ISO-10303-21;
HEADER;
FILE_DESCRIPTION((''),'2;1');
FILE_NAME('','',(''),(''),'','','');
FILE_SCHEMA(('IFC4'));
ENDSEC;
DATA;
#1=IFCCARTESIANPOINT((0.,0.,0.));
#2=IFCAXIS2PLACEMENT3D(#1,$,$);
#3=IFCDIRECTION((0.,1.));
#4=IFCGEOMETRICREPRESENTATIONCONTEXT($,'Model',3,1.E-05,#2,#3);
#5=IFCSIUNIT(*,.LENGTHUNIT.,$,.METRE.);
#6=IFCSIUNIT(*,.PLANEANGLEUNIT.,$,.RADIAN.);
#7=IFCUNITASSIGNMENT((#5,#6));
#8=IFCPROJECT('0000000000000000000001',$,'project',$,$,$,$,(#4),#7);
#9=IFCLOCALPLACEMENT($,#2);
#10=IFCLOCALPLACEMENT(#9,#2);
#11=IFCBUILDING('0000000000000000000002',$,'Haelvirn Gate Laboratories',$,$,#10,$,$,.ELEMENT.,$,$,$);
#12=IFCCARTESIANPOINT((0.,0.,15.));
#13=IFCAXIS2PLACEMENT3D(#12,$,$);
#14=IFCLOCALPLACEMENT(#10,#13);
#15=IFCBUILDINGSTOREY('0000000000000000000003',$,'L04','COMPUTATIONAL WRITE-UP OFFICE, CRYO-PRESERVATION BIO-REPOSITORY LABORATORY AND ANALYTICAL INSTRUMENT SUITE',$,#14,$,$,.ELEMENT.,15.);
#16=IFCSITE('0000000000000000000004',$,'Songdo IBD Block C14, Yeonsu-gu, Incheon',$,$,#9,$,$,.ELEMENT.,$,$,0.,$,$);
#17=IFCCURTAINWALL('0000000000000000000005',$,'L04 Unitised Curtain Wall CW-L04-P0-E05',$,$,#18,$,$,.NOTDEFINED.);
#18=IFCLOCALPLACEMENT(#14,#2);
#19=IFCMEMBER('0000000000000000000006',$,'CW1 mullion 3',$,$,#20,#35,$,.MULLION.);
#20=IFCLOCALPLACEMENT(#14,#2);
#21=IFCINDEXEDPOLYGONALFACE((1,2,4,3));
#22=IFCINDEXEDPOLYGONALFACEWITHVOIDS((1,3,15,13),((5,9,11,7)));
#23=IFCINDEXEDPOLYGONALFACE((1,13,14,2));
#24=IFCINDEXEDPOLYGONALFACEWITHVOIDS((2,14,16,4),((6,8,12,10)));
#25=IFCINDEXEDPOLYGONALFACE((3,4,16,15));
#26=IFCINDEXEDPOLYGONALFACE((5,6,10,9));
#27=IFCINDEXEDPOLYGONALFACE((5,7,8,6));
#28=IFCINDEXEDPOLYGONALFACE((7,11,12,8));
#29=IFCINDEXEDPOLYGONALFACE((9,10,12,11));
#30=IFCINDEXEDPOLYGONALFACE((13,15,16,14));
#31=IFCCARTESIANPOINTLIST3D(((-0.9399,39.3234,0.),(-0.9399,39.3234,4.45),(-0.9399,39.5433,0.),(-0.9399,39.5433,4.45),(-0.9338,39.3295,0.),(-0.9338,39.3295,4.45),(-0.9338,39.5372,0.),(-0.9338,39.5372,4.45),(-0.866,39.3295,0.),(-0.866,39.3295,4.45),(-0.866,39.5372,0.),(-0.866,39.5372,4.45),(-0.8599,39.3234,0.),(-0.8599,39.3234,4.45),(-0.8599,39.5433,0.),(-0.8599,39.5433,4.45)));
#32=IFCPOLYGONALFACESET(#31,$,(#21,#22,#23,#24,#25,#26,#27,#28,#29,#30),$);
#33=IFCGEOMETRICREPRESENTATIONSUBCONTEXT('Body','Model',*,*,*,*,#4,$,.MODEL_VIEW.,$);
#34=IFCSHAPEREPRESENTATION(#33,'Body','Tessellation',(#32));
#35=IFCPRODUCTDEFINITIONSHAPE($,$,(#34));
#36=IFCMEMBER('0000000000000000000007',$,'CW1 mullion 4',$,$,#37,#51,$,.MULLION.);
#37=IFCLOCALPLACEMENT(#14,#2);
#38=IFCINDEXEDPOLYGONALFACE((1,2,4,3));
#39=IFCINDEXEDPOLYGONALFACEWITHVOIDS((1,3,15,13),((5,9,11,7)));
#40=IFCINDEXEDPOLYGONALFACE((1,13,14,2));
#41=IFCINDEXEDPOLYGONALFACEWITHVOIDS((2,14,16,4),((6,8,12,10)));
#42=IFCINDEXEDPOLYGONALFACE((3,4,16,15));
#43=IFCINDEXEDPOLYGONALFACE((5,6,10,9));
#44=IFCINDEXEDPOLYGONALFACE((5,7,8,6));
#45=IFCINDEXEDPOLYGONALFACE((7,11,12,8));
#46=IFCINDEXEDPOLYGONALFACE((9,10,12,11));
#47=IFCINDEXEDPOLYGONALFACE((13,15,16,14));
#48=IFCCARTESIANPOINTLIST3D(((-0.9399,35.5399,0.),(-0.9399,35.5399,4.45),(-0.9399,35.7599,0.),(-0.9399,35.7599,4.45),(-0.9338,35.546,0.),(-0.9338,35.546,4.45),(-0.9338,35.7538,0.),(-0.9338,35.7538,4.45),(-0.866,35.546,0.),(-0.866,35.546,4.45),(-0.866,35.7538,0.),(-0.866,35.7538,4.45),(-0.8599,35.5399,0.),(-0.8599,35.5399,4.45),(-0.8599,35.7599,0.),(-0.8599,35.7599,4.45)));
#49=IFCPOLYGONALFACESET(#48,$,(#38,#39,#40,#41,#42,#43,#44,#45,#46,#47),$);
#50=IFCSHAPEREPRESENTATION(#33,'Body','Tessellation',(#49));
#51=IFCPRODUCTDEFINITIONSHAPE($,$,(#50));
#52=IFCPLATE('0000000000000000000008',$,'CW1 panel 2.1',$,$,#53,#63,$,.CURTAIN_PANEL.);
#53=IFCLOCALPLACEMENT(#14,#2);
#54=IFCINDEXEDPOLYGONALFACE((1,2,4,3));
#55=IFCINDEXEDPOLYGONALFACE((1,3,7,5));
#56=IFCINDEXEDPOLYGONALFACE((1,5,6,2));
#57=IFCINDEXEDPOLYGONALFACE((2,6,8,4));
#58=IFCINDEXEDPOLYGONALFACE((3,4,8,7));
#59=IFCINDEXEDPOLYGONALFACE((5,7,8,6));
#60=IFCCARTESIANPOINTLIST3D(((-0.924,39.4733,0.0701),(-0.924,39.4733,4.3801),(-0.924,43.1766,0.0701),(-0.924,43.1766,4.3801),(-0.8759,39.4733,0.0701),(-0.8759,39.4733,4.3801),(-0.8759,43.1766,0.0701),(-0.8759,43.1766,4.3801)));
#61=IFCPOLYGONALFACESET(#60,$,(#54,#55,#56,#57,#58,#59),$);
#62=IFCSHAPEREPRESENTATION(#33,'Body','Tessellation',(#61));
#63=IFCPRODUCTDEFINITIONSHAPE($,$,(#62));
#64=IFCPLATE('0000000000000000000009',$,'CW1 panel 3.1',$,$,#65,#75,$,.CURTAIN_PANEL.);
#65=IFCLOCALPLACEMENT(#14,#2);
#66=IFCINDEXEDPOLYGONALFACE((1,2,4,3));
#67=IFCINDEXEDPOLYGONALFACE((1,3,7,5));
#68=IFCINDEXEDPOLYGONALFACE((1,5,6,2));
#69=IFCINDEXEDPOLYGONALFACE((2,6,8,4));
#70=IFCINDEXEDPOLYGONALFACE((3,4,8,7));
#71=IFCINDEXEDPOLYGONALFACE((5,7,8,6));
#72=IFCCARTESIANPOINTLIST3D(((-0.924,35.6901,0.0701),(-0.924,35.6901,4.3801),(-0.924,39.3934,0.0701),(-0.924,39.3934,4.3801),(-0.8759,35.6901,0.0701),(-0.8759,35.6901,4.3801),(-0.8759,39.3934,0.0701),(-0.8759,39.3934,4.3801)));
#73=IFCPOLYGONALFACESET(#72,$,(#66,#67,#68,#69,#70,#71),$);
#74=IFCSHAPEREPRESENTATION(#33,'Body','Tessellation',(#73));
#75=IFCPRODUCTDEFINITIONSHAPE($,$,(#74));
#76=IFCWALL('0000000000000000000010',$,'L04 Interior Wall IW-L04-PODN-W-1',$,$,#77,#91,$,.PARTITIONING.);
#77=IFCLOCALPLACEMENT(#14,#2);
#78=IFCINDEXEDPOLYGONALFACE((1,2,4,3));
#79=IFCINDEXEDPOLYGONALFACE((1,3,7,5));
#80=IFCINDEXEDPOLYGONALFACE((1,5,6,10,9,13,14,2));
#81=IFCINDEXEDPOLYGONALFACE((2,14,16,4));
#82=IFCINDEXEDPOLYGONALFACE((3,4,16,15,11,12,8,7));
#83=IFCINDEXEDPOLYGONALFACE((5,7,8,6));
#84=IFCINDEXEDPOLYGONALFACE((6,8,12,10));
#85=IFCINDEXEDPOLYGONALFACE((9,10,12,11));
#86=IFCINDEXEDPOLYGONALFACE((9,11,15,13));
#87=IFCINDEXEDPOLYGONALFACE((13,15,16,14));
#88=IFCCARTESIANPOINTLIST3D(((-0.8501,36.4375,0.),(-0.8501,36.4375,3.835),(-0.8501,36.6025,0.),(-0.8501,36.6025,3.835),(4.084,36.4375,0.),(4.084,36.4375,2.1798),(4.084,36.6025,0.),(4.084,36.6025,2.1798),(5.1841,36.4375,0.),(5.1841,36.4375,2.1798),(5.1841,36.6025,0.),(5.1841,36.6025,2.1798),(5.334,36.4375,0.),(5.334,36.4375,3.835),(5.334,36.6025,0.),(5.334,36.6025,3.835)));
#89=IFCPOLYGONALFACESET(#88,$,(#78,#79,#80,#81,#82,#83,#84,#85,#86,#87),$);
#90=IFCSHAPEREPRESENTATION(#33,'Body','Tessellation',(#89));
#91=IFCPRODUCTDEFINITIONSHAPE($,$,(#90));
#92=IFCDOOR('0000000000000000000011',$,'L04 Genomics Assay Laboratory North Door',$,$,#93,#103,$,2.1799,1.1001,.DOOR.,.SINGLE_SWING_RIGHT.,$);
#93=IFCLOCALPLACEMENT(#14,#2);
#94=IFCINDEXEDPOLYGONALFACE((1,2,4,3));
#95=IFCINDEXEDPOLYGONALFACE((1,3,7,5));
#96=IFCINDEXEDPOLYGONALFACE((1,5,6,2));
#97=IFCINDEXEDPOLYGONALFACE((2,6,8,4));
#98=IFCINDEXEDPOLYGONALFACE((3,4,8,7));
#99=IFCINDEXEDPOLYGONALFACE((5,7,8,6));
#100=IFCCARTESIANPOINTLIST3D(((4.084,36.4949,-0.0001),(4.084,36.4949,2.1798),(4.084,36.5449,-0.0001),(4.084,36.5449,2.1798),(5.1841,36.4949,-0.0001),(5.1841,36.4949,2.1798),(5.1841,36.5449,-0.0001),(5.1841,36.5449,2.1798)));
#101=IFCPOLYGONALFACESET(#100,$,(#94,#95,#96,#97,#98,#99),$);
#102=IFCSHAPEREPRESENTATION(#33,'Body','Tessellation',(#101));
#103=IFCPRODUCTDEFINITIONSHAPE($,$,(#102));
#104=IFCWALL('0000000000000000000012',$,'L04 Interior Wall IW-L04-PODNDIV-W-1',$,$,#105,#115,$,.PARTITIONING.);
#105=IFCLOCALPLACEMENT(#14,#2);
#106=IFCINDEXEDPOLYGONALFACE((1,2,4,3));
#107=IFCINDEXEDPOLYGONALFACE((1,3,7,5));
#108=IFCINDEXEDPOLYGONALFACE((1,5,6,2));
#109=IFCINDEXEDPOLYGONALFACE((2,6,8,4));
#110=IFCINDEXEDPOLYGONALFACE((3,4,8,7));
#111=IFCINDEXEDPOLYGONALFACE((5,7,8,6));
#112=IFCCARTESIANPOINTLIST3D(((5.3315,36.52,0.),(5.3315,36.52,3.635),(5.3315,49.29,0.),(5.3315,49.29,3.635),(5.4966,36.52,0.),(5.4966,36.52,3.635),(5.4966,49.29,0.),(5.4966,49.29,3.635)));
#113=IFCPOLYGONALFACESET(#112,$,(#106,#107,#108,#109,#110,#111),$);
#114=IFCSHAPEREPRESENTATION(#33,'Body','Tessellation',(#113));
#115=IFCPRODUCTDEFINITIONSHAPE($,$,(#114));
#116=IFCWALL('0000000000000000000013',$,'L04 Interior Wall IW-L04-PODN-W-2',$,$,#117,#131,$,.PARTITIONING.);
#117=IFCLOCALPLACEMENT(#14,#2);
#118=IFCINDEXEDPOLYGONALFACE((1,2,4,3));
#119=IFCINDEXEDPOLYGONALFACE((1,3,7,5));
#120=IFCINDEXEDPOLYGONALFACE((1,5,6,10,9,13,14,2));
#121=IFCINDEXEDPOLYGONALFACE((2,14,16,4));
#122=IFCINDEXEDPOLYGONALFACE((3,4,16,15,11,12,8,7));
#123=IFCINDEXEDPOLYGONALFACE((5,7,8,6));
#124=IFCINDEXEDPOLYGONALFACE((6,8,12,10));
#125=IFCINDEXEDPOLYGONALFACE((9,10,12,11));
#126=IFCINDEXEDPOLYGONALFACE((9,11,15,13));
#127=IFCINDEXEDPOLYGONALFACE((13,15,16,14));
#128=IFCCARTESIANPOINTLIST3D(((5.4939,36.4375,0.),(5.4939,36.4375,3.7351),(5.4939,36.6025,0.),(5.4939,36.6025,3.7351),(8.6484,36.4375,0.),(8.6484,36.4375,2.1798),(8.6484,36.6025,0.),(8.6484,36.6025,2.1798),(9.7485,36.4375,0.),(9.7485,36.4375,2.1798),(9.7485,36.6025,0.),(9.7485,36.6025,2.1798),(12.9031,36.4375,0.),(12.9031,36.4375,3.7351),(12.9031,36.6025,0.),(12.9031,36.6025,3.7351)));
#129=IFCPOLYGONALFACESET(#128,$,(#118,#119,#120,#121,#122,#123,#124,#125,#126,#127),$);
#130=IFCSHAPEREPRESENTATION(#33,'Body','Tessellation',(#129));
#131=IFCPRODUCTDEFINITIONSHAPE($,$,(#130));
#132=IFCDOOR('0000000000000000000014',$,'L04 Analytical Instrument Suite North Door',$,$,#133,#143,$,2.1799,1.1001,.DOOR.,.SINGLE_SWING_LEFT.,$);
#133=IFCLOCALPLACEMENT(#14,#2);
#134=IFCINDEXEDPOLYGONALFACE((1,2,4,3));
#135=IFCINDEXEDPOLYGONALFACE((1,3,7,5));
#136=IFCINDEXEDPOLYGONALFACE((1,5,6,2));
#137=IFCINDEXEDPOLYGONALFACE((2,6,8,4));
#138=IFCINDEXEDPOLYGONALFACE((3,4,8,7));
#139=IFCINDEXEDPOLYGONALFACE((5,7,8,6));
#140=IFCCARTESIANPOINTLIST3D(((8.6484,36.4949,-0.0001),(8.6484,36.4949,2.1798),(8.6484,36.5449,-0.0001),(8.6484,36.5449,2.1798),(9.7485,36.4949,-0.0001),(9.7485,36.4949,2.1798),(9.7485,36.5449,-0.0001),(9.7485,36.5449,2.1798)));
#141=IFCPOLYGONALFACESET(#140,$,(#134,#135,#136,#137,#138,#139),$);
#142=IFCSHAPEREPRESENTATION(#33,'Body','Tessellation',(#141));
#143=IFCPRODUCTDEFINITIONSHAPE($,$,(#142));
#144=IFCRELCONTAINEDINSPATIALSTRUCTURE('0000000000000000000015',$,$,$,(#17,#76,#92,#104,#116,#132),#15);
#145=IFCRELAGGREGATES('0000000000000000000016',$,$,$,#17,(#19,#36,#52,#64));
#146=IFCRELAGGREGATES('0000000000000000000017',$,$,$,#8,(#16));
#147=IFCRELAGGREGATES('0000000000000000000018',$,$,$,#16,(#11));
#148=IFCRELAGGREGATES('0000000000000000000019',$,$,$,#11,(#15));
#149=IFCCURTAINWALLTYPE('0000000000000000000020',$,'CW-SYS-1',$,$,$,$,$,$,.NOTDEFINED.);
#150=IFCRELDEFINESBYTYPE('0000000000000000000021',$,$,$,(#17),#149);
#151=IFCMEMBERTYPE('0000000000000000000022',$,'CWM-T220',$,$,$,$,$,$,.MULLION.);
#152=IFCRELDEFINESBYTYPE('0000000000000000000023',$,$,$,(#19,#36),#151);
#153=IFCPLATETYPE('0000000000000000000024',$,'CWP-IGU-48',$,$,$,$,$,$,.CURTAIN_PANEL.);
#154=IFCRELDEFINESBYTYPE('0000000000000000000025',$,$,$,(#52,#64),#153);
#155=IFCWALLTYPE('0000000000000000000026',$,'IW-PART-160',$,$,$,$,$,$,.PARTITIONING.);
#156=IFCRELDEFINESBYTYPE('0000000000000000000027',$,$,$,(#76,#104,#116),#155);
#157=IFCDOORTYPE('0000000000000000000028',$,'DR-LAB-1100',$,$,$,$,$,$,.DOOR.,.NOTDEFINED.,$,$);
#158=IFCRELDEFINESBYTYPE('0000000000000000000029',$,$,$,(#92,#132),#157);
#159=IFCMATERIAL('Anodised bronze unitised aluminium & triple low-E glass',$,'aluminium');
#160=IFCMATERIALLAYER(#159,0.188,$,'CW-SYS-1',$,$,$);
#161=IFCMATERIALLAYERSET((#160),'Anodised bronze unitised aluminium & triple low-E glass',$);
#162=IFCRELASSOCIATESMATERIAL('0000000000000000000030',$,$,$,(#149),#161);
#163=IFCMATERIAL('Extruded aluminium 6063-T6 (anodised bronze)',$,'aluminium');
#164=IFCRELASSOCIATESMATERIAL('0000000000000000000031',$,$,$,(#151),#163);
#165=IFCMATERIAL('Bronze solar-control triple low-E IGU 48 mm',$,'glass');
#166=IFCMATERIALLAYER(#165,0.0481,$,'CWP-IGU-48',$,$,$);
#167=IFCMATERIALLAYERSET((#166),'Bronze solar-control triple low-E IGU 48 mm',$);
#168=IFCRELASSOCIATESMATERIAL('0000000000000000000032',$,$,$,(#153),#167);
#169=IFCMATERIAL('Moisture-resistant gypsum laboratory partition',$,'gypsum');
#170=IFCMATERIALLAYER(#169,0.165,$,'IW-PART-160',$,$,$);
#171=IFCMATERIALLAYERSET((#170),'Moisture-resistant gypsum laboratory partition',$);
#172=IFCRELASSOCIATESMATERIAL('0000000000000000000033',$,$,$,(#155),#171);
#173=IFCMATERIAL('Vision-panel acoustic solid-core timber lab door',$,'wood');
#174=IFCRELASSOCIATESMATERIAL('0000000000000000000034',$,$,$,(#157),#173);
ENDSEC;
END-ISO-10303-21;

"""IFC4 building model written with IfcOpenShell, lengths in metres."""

from ifc_helpers import new_model, si_unit, direction, frame, frame_2d, origin, origin_2d, place, context, subcontext, project, spatial, rectangle, hollow_rectangle, extrude, source, transform, mapped, material, layer, layer_set, material_profile, profile_set, type_object, type_shapes, element, fill, aggregate, save


model = new_model("IFC4")

# Units and contexts
model_context = context("Model", 3, precision=1e-05, world=origin(), true_north=direction((0.0, 1.0)))
body_context = subcontext(model_context, "Body", "Model", "MODEL_VIEW")
ifc_project = project(units=[si_unit("LENGTHUNIT", "METRE"), si_unit("PLANEANGLEUNIT", "RADIAN")], contexts=[model_context])

# Site, building, storey
site_placement = place(None, origin())
site = spatial("IfcSite", under=ifc_project, at=site_placement, Name="Songdo IBD Block C14, Yeonsu-gu, Incheon", CompositionType="ELEMENT", RefElevation=0.0)
building_placement = place(site_placement, origin())
building = spatial("IfcBuilding", under=site, at=building_placement, Name="Haelvirn Gate Laboratories", CompositionType="ELEMENT")
storey_placement = place(building_placement, frame((0.0, 0.0, 15.0)))
storey = spatial("IfcBuildingStorey", under=building, at=storey_placement, Name="L04", Description="COMPUTATIONAL WRITE-UP OFFICE, CRYO-PRESERVATION BIO-REPOSITORY LABORATORY AND ANALYTICAL INSTRUMENT SUITE", CompositionType="ELEMENT", Elevation=15.0)

# Curtain wall, members, plates
ifc_material_1 = material(Name="Anodised bronze unitised aluminium & triple low-E glass", Category="aluminium")
ifc_layer_1 = layer(ifc_material_1, 0.188, Name="CW-SYS-1")
ifc_layer_set_1 = layer_set([ifc_layer_1], Name="Anodised bronze unitised aluminium & triple low-E glass")
curtain_wall_type = type_object("IfcCurtainWallType", Name="CW-SYS-1", PredefinedType="NOTDEFINED", material=ifc_layer_set_1)
curtain_wall_placement = place(storey_placement, origin())
curtain_wall = element("IfcCurtainWall", 1, at=curtain_wall_placement, inside=storey, type_object=curtain_wall_type, Name="L04 Unitised Curtain Wall CW-L04-P0-E05", PredefinedType="NOTDEFINED")
ifc_material_2 = material(Name="Extruded aluminium 6063-T6 (anodised bronze)", Category="aluminium")
ifc_material_profile_1 = material_profile(ifc_material_2, hollow_rectangle(XDim=0.0801, YDim=0.22, WallThickness=0.0061, at=origin_2d()), Name="CWM-220x80x6")
ifc_profile_set_1 = profile_set([ifc_material_profile_1], Name="Extruded aluminium 6063-T6 (anodised bronze)")
member_type_1 = type_object("IfcMemberType", Name="CWM-T220", PredefinedType="MULLION", material=ifc_profile_set_1)
shared_shape_1 = source(origin(), body_context, "Body", "SweptSolid", [
    extrude(hollow_rectangle(XDim=0.0801, YDim=0.22, WallThickness=0.0061, at=origin_2d()), origin(), (0.0, 0.0, 1.0), 4.45),
])
type_shapes(member_type_1, [shared_shape_1])
member_1_placement = place(storey_placement, frame((-0.8999, 39.4333, 0.0), z_axis=(0.0, 0.0, 1.0), x_axis=(1.0, 0.0, 0.0)))
member_1 = element("IfcMember", 2, at=member_1_placement, type_object=member_type_1, Name="CW1 mullion 3", PredefinedType="MULLION", context=body_context, shape_type="MappedRepresentation", body=[
    mapped(shared_shape_1, transform((0.0, 0.0, 0.0), scale=1.0)),
])
member_2_placement = place(storey_placement, frame((-0.8999, 35.6499, 0.0), z_axis=(0.0, 0.0, 1.0), x_axis=(1.0, 0.0, 0.0)))
member_2 = element("IfcMember", 3, at=member_2_placement, type_object=member_type_1, Name="CW1 mullion 4", PredefinedType="MULLION", context=body_context, shape_type="MappedRepresentation", body=[
    mapped(shared_shape_1, transform((0.0, 0.0, 0.0), scale=1.0)),
])
ifc_material_3 = material(Name="Bronze solar-control triple low-E IGU 48 mm", Category="glass")
ifc_layer_2 = layer(ifc_material_3, 0.0481, Name="CWP-IGU-48")
ifc_layer_set_2 = layer_set([ifc_layer_2], Name="Bronze solar-control triple low-E IGU 48 mm")
plate_type = type_object("IfcPlateType", Name="CWP-IGU-48", PredefinedType="CURTAIN_PANEL", material=ifc_layer_set_2)
shared_shape_2 = source(origin(), body_context, "Body", "SweptSolid", [
    extrude(rectangle(XDim=3.7034, YDim=0.0481, at=origin_2d()), origin(), (0.0, 0.0, 1.0), 4.3101),
])
type_shapes(plate_type, [shared_shape_2])
plate_1_placement = place(storey_placement, frame((-0.8999, 41.325, 0.0701), z_axis=(0.0, 0.0, 1.0), x_axis=(0.0, -1.0, 0.0)))
plate_1 = element("IfcPlate", 4, at=plate_1_placement, type_object=plate_type, Name="CW1 panel 2.1", PredefinedType="CURTAIN_PANEL", context=body_context, shape_type="MappedRepresentation", body=[
    mapped(shared_shape_2, transform((0.0, 0.0, 0.0), scale=1.0)),
])
plate_2_placement = place(storey_placement, frame((-0.8999, 37.5417, 0.0701), z_axis=(0.0, 0.0, 1.0), x_axis=(0.0, -1.0, 0.0)))
plate_2 = element("IfcPlate", 5, at=plate_2_placement, type_object=plate_type, Name="CW1 panel 3.1", PredefinedType="CURTAIN_PANEL", context=body_context, shape_type="MappedRepresentation", body=[
    mapped(shared_shape_2, transform((0.0, 0.0, 0.0), scale=1.0)),
])
aggregate(curtain_wall, [member_1, member_2, plate_1, plate_2])

# Wall, opening, door
ifc_material_4 = material(Name="Moisture-resistant gypsum laboratory partition", Category="gypsum")
ifc_layer_3 = layer(ifc_material_4, 0.165, Name="IW-PART-160")
ifc_layer_set_3 = layer_set([ifc_layer_3], Name="Moisture-resistant gypsum laboratory partition")
wall_type_1 = type_object("IfcWallType", Name="IW-PART-160", PredefinedType="PARTITIONING", material=ifc_layer_set_3)
wall_1_placement = place(storey_placement, frame((-0.8501, 36.52, 0.0), z_axis=(0.0, 0.0, 1.0), x_axis=(1.0, 0.0, 0.0)))
wall_1 = element("IfcWall", 6, at=wall_1_placement, inside=storey, type_object=wall_type_1, Name="L04 Interior Wall IW-L04-PODN-W-1", PredefinedType="PARTITIONING", context=body_context, shape_type="SweptSolid", body=[
    extrude(rectangle(XDim=6.1841, YDim=0.165, at=frame_2d((3.092, 0.0))), origin(), (0.0, 0.0, 1.0), 3.835),
])
opening_1_placement = place(wall_1_placement, frame((4.9341, 0.0, 0.0)))
opening_1 = element("IfcOpeningElement", 7, at=opening_1_placement, cuts=wall_1, PredefinedType="OPENING", context=body_context, shape_type="SweptSolid", body=[
    extrude(rectangle(XDim=1.1001, YDim=2.1799, at=frame_2d((0.55, 1.0898))), frame((0.0, 0.0925, 0.0), z_axis=(0.0, -1.0, 0.0), x_axis=(1.0, 0.0, 0.0)), (0.0, 0.0, 1.0), 0.1851),
])
ifc_material_5 = material(Name="Vision-panel acoustic solid-core timber lab door", Category="wood")
door_type_1 = type_object("IfcDoorType", Name="DR-LAB-1100", OperationType="NOTDEFINED", PredefinedType="DOOR", material=ifc_material_5)
shared_shape_3 = source(origin(), body_context, "Body", "SweptSolid", [
    extrude(rectangle(XDim=1.1001, YDim=2.1799, at=frame_2d((0.55, 1.0898))), frame((0.0, 0.0249, 0.0), z_axis=(0.0, -1.0, 0.0), x_axis=(1.0, 0.0, 0.0)), (0.0, 0.0, 1.0), 0.05),
])
type_shapes(door_type_1, [shared_shape_3])
door_1_placement = place(opening_1_placement, origin())
door_1 = element("IfcDoor", 8, at=door_1_placement, inside=storey, type_object=door_type_1, Name="L04 Genomics Assay Laboratory North Door", OperationType="SINGLE_SWING_RIGHT", OverallHeight=2.1799, OverallWidth=1.1001, PredefinedType="DOOR", context=body_context, shape_type="MappedRepresentation", body=[
    mapped(shared_shape_3, transform((0.0, 0.0, 0.0), scale=1.0)),
])
fill(opening_1, door_1)

# Wall
wall_2_placement = place(storey_placement, frame((5.4141, 36.52, 0.0), z_axis=(0.0, 0.0, 1.0), x_axis=(0.0, 1.0, 0.0)))
element("IfcWall", 9, at=wall_2_placement, inside=storey, type_object=wall_type_1, Name="L04 Interior Wall IW-L04-PODNDIV-W-1", PredefinedType="PARTITIONING", context=body_context, shape_type="SweptSolid", body=[
    extrude(rectangle(XDim=12.77, YDim=0.165, at=frame_2d((6.385, 0.0))), origin(), (0.0, 0.0, 1.0), 3.635),
])

# Wall, opening, door
wall_3_placement = place(storey_placement, frame((5.4939, 36.52, 0.0), z_axis=(0.0, 0.0, 1.0), x_axis=(1.0, 0.0, 0.0)))
wall_3 = element("IfcWall", 10, at=wall_3_placement, inside=storey, type_object=wall_type_1, Name="L04 Interior Wall IW-L04-PODN-W-2", PredefinedType="PARTITIONING", context=body_context, shape_type="SweptSolid", body=[
    extrude(rectangle(XDim=7.4092, YDim=0.165, at=frame_2d((3.7046, 0.0))), origin(), (0.0, 0.0, 1.0), 3.7351),
])
opening_2_placement = place(wall_3_placement, frame((3.1545, 0.0, 0.0)))
opening_2 = element("IfcOpeningElement", 11, at=opening_2_placement, cuts=wall_3, PredefinedType="OPENING", context=body_context, shape_type="SweptSolid", body=[
    extrude(rectangle(XDim=1.1001, YDim=2.1799, at=frame_2d((0.55, 1.0898))), frame((0.0, 0.0925, 0.0), z_axis=(0.0, -1.0, 0.0), x_axis=(1.0, 0.0, 0.0)), (0.0, 0.0, 1.0), 0.1851),
])
door_2_placement = place(opening_2_placement, origin())
door_2 = element("IfcDoor", 12, at=door_2_placement, inside=storey, type_object=door_type_1, Name="L04 Analytical Instrument Suite North Door", OperationType="SINGLE_SWING_LEFT", OverallHeight=2.1799, OverallWidth=1.1001, PredefinedType="DOOR", context=body_context, shape_type="MappedRepresentation", body=[
    mapped(shared_shape_3, transform((0.0, 0.0, 0.0), scale=1.0)),
])
fill(opening_2, door_2)

save(model, "model.ifc")
